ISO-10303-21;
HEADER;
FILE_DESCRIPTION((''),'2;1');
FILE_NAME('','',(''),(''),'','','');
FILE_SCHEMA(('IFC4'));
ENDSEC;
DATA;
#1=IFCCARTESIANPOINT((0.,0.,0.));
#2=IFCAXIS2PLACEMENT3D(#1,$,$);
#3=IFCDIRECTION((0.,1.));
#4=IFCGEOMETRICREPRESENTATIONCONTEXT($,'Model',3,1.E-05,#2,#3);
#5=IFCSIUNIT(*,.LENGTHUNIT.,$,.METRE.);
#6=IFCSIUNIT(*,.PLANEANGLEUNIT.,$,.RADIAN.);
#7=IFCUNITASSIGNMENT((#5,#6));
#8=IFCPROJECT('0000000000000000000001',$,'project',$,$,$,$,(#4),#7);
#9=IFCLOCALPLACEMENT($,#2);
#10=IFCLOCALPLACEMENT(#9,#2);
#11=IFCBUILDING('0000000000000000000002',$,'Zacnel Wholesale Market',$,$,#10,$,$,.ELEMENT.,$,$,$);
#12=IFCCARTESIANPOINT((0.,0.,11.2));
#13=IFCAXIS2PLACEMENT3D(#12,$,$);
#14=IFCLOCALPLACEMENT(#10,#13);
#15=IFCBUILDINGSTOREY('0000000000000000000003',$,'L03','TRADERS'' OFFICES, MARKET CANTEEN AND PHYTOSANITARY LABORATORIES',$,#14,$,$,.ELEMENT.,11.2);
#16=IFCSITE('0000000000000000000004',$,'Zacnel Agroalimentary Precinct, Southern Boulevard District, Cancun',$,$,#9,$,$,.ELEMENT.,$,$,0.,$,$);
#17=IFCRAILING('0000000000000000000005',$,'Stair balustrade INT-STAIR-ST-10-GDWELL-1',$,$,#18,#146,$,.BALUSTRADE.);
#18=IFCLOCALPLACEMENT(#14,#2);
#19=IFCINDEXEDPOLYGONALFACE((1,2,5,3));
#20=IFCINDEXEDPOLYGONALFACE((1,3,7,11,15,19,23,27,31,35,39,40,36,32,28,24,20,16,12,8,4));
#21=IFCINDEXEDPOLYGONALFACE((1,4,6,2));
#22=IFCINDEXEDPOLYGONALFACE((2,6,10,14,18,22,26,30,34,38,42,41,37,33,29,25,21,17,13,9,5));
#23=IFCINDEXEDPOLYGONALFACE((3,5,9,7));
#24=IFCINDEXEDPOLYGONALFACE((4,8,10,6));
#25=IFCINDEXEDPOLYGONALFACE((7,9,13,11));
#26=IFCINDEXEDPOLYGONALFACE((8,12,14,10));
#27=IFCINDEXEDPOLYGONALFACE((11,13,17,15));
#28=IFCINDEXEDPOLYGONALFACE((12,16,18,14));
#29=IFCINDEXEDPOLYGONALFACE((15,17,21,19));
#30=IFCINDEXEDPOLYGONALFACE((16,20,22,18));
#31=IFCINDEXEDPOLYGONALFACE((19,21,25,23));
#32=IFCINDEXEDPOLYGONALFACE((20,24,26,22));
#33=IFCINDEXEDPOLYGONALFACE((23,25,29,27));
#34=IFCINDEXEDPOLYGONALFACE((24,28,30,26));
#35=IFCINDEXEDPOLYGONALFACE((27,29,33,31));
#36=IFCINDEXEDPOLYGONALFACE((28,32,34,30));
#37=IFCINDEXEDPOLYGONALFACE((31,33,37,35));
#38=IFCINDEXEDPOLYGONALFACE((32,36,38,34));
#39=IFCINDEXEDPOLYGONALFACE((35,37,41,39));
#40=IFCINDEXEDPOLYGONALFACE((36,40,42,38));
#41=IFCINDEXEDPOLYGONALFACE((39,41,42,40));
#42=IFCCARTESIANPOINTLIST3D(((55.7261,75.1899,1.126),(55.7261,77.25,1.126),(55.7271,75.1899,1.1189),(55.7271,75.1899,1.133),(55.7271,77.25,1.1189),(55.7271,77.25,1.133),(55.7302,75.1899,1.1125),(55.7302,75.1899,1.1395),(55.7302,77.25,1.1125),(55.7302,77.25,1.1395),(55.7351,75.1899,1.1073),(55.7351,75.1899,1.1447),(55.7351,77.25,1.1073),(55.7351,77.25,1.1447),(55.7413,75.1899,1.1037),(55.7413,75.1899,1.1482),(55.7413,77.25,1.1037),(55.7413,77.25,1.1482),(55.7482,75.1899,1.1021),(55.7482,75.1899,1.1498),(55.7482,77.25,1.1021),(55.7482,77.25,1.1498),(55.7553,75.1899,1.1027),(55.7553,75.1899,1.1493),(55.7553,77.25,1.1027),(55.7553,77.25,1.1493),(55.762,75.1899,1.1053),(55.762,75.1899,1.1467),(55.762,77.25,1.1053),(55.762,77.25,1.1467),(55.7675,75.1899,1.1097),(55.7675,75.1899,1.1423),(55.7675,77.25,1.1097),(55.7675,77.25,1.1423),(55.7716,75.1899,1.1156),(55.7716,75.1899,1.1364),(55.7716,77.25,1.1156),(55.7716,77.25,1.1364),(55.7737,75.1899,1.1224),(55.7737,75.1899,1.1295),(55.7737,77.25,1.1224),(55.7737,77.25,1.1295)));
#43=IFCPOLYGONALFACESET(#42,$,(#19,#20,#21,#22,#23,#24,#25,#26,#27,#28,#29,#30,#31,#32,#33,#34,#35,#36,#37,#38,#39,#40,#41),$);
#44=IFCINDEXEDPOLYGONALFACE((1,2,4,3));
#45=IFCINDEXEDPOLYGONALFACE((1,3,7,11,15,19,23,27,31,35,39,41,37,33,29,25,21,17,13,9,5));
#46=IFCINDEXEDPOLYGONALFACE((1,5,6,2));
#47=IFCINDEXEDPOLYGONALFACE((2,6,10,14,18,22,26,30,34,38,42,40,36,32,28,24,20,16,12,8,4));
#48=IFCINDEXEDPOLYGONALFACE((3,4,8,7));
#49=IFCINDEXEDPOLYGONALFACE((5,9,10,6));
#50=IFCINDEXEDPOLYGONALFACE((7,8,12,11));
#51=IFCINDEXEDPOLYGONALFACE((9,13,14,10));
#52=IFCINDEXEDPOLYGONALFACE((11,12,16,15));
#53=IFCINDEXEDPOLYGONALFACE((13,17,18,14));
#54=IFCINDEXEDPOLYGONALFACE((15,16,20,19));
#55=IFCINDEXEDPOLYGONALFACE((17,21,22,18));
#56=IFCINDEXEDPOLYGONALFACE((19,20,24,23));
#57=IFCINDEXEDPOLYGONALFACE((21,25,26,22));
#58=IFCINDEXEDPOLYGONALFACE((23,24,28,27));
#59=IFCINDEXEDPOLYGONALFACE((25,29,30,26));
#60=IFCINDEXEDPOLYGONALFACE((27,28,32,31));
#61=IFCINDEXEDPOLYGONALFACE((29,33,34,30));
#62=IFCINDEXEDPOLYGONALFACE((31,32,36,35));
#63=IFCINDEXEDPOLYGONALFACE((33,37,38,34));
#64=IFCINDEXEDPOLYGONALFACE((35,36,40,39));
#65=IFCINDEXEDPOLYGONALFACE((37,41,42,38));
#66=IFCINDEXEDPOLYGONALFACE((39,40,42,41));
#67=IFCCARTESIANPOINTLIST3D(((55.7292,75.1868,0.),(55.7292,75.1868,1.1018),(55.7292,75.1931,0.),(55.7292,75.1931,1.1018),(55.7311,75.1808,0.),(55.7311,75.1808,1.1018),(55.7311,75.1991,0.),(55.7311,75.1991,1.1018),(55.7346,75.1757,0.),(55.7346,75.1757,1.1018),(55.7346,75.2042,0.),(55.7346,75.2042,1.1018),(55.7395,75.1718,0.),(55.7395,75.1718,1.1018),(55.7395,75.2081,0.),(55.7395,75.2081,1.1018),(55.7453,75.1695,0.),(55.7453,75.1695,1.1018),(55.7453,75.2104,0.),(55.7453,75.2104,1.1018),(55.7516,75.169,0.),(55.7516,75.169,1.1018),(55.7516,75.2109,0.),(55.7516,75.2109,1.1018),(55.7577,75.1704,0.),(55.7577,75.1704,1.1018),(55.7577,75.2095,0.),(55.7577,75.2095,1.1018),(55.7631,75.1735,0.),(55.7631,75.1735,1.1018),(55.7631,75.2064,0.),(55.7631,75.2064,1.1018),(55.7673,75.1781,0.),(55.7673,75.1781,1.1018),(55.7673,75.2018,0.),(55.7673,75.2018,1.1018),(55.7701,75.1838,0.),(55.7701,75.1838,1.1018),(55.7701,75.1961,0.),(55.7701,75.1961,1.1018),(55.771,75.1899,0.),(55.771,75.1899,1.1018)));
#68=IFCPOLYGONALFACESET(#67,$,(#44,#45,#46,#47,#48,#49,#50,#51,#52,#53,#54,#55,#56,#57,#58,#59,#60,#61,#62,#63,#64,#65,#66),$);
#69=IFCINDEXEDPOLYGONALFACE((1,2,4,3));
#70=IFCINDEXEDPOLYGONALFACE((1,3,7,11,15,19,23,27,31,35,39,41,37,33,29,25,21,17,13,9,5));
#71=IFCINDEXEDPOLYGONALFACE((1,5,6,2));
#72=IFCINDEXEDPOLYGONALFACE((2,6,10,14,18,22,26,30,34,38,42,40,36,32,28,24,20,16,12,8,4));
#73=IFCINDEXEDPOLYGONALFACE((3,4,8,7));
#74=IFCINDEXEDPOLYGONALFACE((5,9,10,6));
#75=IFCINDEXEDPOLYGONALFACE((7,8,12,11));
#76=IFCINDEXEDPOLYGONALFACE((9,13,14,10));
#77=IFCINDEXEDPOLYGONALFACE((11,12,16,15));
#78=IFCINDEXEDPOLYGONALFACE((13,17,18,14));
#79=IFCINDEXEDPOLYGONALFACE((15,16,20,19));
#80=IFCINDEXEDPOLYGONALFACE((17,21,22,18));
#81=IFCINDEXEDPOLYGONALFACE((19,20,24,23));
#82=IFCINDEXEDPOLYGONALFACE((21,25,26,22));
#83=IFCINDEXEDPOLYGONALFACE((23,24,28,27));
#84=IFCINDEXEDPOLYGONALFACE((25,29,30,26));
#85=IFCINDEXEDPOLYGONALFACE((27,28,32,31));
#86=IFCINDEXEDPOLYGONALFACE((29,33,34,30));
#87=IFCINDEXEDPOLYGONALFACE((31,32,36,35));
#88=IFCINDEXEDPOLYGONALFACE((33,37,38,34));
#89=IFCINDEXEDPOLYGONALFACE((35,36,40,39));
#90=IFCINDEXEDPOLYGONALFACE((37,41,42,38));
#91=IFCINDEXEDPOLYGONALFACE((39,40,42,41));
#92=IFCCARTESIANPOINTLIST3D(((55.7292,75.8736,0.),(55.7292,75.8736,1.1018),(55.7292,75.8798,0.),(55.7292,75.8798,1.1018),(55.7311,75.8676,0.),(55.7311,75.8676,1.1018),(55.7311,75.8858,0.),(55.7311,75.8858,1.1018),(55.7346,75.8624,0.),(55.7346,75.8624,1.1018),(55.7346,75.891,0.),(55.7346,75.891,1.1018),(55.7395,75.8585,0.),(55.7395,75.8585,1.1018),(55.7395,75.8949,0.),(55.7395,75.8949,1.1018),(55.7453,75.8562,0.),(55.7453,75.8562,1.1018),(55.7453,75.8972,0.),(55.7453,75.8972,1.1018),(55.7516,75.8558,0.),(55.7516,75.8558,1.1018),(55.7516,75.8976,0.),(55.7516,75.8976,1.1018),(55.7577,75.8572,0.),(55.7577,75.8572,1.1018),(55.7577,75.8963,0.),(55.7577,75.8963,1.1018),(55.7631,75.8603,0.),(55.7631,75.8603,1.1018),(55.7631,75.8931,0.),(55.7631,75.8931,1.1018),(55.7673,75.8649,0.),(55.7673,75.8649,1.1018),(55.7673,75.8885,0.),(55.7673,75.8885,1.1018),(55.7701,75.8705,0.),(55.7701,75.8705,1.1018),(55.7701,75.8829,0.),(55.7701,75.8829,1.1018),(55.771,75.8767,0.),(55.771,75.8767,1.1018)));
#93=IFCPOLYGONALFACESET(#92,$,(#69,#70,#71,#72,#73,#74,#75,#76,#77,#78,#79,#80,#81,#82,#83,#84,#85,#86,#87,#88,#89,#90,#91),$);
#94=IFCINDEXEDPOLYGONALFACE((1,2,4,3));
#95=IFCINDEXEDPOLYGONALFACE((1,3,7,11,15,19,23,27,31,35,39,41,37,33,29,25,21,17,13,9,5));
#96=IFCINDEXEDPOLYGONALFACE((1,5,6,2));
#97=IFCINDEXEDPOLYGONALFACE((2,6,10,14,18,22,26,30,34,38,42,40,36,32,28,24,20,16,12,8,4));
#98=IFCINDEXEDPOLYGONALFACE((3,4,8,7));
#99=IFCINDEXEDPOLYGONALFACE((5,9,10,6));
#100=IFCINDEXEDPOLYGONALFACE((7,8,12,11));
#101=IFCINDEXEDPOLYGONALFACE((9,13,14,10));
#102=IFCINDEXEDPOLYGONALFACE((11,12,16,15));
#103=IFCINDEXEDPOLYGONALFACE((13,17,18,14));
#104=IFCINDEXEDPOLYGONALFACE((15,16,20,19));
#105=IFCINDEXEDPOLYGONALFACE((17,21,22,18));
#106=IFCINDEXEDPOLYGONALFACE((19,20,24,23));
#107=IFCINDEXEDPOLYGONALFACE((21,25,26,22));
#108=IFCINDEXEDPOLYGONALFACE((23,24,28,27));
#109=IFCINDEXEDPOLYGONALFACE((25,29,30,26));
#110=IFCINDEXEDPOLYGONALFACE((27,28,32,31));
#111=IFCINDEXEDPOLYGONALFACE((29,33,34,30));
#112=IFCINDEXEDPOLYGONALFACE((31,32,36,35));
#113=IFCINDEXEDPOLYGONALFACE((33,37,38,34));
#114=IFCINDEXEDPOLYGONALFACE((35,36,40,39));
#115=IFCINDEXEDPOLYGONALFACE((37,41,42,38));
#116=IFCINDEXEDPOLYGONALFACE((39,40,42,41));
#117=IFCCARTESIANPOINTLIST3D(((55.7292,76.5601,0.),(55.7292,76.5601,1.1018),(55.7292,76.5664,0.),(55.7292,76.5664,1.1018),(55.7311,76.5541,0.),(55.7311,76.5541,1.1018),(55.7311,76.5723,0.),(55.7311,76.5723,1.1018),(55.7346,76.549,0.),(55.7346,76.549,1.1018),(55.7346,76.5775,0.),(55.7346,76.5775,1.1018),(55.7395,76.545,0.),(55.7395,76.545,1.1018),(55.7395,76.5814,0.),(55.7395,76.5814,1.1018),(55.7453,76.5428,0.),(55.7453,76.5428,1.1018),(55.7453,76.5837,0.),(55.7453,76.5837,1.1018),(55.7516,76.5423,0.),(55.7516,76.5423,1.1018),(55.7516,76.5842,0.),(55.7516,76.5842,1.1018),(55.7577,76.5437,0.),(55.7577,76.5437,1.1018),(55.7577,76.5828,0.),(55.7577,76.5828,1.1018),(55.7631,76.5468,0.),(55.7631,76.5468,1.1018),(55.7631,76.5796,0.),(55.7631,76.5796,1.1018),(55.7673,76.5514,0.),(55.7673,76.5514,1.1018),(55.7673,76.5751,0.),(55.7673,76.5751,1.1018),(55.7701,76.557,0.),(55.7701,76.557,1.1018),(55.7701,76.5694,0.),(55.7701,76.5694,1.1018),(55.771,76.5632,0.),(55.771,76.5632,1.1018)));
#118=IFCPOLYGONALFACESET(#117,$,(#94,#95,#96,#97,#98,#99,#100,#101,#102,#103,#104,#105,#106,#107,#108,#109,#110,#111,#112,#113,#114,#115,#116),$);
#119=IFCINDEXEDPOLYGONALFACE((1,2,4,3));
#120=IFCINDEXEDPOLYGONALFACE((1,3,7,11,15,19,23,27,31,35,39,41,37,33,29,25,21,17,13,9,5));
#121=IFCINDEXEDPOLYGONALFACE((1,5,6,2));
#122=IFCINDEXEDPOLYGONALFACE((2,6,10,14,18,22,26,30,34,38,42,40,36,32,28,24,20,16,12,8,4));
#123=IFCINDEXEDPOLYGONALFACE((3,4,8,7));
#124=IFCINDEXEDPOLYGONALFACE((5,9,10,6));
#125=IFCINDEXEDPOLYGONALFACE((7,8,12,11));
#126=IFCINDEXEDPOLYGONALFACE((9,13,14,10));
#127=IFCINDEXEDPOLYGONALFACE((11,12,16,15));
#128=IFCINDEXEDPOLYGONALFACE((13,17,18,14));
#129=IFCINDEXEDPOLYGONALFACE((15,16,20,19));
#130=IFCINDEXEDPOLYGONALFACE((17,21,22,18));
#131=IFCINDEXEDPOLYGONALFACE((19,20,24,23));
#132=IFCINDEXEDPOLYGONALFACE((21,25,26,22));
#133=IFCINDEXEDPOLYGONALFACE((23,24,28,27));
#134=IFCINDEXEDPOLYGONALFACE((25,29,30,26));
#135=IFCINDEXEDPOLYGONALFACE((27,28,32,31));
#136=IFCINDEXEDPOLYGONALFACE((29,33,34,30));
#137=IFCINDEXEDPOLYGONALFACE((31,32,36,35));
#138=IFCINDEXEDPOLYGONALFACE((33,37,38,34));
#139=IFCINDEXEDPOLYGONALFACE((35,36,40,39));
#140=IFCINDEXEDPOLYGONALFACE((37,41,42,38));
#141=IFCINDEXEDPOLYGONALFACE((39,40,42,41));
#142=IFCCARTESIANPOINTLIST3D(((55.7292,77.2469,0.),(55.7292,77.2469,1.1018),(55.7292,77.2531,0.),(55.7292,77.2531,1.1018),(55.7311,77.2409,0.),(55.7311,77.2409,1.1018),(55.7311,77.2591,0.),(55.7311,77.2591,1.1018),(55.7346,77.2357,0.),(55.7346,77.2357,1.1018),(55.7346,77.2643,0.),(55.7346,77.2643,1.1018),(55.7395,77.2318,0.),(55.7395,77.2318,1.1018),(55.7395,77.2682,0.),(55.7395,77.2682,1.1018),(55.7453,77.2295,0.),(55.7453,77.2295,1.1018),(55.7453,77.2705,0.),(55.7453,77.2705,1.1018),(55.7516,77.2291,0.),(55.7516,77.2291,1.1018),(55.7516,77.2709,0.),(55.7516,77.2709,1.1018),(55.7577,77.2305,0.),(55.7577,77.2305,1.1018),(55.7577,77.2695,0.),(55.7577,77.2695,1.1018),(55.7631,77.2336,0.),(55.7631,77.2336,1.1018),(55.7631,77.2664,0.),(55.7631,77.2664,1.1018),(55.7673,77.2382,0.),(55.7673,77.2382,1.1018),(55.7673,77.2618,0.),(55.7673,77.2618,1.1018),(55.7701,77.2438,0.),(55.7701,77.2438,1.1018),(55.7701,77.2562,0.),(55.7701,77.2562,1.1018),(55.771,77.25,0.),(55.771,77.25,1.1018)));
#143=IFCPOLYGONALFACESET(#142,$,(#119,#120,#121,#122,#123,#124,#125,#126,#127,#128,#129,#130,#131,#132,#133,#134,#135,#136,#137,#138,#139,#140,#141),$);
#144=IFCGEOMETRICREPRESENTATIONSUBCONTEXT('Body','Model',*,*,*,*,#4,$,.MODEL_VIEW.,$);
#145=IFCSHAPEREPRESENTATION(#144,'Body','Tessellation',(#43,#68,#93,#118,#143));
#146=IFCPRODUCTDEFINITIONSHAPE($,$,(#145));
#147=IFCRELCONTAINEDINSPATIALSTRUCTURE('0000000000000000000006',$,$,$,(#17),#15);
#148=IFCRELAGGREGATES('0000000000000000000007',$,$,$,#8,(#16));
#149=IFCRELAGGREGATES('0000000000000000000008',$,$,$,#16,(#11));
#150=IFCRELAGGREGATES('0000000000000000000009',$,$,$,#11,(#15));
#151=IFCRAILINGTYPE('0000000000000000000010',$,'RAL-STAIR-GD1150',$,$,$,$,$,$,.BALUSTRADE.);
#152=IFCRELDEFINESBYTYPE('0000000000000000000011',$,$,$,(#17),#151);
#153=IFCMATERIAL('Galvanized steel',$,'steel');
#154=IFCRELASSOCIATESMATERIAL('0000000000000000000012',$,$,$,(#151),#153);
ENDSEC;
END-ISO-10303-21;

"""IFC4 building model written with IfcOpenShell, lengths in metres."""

from ifc_helpers import new_model, si_unit, direction, frame, origin, origin_2d, place, context, subcontext, project, spatial, circle, extrude, material, type_object, element, save


model = new_model("IFC4")

# Units and contexts
model_context = context("Model", 3, precision=1e-05, world=origin(), true_north=direction((0.0, 1.0)))
body_context = subcontext(model_context, "Body", "Model", "MODEL_VIEW")
ifc_project = project(units=[si_unit("LENGTHUNIT", "METRE"), si_unit("PLANEANGLEUNIT", "RADIAN")], contexts=[model_context])

# Site, building, storey
site_placement = place(None, origin())
site = spatial("IfcSite", under=ifc_project, at=site_placement, Name="Zacnel Agroalimentary Precinct, Southern Boulevard District, Cancun", CompositionType="ELEMENT", RefElevation=0.0)
building_placement = place(site_placement, origin())
building = spatial("IfcBuilding", under=site, at=building_placement, Name="Zacnel Wholesale Market", CompositionType="ELEMENT")
storey_placement = place(building_placement, frame((0.0, 0.0, 11.2)))
storey = spatial("IfcBuildingStorey", under=building, at=storey_placement, Name="L03", Description="TRADERS' OFFICES, MARKET CANTEEN AND PHYTOSANITARY LABORATORIES", CompositionType="ELEMENT", Elevation=11.2)

# Railing
ifc_material_1 = material(Name="Galvanized steel", Category="steel")
railing_type_1 = type_object("IfcRailingType", Name="RAL-STAIR-GD1150", PredefinedType="BALUSTRADE", material=ifc_material_1)
railing_1_placement = place(storey_placement, frame((55.75, 75.1899, 0.0)))
element("IfcRailing", 1, at=railing_1_placement, inside=storey, type_object=railing_type_1, Name="Stair balustrade INT-STAIR-ST-10-GDWELL-1", PredefinedType="BALUSTRADE", context=body_context, shape_type="SweptSolid", body=[
    extrude(circle(Radius=0.0239, at=origin_2d()), frame((0.0, 0.0, 1.126), z_axis=(0.0, 1.0, 0.0), x_axis=(-1.0, 0.0, 0.0)), (0.0, 0.0, 1.0), 2.0601),
    extrude(circle(Radius=0.021, at=origin_2d()), origin(), (0.0, 0.0, 1.0), 1.1018),
    extrude(circle(Radius=0.021, at=origin_2d()), frame((0.0, 0.6868, 0.0)), (0.0, 0.0, 1.0), 1.1018),
    extrude(circle(Radius=0.021, at=origin_2d()), frame((0.0, 1.3733, 0.0)), (0.0, 0.0, 1.0), 1.1018),
    extrude(circle(Radius=0.021, at=origin_2d()), frame((0.0, 2.0601, 0.0)), (0.0, 0.0, 1.0), 1.1018),
])

save(model, "model.ifc")
